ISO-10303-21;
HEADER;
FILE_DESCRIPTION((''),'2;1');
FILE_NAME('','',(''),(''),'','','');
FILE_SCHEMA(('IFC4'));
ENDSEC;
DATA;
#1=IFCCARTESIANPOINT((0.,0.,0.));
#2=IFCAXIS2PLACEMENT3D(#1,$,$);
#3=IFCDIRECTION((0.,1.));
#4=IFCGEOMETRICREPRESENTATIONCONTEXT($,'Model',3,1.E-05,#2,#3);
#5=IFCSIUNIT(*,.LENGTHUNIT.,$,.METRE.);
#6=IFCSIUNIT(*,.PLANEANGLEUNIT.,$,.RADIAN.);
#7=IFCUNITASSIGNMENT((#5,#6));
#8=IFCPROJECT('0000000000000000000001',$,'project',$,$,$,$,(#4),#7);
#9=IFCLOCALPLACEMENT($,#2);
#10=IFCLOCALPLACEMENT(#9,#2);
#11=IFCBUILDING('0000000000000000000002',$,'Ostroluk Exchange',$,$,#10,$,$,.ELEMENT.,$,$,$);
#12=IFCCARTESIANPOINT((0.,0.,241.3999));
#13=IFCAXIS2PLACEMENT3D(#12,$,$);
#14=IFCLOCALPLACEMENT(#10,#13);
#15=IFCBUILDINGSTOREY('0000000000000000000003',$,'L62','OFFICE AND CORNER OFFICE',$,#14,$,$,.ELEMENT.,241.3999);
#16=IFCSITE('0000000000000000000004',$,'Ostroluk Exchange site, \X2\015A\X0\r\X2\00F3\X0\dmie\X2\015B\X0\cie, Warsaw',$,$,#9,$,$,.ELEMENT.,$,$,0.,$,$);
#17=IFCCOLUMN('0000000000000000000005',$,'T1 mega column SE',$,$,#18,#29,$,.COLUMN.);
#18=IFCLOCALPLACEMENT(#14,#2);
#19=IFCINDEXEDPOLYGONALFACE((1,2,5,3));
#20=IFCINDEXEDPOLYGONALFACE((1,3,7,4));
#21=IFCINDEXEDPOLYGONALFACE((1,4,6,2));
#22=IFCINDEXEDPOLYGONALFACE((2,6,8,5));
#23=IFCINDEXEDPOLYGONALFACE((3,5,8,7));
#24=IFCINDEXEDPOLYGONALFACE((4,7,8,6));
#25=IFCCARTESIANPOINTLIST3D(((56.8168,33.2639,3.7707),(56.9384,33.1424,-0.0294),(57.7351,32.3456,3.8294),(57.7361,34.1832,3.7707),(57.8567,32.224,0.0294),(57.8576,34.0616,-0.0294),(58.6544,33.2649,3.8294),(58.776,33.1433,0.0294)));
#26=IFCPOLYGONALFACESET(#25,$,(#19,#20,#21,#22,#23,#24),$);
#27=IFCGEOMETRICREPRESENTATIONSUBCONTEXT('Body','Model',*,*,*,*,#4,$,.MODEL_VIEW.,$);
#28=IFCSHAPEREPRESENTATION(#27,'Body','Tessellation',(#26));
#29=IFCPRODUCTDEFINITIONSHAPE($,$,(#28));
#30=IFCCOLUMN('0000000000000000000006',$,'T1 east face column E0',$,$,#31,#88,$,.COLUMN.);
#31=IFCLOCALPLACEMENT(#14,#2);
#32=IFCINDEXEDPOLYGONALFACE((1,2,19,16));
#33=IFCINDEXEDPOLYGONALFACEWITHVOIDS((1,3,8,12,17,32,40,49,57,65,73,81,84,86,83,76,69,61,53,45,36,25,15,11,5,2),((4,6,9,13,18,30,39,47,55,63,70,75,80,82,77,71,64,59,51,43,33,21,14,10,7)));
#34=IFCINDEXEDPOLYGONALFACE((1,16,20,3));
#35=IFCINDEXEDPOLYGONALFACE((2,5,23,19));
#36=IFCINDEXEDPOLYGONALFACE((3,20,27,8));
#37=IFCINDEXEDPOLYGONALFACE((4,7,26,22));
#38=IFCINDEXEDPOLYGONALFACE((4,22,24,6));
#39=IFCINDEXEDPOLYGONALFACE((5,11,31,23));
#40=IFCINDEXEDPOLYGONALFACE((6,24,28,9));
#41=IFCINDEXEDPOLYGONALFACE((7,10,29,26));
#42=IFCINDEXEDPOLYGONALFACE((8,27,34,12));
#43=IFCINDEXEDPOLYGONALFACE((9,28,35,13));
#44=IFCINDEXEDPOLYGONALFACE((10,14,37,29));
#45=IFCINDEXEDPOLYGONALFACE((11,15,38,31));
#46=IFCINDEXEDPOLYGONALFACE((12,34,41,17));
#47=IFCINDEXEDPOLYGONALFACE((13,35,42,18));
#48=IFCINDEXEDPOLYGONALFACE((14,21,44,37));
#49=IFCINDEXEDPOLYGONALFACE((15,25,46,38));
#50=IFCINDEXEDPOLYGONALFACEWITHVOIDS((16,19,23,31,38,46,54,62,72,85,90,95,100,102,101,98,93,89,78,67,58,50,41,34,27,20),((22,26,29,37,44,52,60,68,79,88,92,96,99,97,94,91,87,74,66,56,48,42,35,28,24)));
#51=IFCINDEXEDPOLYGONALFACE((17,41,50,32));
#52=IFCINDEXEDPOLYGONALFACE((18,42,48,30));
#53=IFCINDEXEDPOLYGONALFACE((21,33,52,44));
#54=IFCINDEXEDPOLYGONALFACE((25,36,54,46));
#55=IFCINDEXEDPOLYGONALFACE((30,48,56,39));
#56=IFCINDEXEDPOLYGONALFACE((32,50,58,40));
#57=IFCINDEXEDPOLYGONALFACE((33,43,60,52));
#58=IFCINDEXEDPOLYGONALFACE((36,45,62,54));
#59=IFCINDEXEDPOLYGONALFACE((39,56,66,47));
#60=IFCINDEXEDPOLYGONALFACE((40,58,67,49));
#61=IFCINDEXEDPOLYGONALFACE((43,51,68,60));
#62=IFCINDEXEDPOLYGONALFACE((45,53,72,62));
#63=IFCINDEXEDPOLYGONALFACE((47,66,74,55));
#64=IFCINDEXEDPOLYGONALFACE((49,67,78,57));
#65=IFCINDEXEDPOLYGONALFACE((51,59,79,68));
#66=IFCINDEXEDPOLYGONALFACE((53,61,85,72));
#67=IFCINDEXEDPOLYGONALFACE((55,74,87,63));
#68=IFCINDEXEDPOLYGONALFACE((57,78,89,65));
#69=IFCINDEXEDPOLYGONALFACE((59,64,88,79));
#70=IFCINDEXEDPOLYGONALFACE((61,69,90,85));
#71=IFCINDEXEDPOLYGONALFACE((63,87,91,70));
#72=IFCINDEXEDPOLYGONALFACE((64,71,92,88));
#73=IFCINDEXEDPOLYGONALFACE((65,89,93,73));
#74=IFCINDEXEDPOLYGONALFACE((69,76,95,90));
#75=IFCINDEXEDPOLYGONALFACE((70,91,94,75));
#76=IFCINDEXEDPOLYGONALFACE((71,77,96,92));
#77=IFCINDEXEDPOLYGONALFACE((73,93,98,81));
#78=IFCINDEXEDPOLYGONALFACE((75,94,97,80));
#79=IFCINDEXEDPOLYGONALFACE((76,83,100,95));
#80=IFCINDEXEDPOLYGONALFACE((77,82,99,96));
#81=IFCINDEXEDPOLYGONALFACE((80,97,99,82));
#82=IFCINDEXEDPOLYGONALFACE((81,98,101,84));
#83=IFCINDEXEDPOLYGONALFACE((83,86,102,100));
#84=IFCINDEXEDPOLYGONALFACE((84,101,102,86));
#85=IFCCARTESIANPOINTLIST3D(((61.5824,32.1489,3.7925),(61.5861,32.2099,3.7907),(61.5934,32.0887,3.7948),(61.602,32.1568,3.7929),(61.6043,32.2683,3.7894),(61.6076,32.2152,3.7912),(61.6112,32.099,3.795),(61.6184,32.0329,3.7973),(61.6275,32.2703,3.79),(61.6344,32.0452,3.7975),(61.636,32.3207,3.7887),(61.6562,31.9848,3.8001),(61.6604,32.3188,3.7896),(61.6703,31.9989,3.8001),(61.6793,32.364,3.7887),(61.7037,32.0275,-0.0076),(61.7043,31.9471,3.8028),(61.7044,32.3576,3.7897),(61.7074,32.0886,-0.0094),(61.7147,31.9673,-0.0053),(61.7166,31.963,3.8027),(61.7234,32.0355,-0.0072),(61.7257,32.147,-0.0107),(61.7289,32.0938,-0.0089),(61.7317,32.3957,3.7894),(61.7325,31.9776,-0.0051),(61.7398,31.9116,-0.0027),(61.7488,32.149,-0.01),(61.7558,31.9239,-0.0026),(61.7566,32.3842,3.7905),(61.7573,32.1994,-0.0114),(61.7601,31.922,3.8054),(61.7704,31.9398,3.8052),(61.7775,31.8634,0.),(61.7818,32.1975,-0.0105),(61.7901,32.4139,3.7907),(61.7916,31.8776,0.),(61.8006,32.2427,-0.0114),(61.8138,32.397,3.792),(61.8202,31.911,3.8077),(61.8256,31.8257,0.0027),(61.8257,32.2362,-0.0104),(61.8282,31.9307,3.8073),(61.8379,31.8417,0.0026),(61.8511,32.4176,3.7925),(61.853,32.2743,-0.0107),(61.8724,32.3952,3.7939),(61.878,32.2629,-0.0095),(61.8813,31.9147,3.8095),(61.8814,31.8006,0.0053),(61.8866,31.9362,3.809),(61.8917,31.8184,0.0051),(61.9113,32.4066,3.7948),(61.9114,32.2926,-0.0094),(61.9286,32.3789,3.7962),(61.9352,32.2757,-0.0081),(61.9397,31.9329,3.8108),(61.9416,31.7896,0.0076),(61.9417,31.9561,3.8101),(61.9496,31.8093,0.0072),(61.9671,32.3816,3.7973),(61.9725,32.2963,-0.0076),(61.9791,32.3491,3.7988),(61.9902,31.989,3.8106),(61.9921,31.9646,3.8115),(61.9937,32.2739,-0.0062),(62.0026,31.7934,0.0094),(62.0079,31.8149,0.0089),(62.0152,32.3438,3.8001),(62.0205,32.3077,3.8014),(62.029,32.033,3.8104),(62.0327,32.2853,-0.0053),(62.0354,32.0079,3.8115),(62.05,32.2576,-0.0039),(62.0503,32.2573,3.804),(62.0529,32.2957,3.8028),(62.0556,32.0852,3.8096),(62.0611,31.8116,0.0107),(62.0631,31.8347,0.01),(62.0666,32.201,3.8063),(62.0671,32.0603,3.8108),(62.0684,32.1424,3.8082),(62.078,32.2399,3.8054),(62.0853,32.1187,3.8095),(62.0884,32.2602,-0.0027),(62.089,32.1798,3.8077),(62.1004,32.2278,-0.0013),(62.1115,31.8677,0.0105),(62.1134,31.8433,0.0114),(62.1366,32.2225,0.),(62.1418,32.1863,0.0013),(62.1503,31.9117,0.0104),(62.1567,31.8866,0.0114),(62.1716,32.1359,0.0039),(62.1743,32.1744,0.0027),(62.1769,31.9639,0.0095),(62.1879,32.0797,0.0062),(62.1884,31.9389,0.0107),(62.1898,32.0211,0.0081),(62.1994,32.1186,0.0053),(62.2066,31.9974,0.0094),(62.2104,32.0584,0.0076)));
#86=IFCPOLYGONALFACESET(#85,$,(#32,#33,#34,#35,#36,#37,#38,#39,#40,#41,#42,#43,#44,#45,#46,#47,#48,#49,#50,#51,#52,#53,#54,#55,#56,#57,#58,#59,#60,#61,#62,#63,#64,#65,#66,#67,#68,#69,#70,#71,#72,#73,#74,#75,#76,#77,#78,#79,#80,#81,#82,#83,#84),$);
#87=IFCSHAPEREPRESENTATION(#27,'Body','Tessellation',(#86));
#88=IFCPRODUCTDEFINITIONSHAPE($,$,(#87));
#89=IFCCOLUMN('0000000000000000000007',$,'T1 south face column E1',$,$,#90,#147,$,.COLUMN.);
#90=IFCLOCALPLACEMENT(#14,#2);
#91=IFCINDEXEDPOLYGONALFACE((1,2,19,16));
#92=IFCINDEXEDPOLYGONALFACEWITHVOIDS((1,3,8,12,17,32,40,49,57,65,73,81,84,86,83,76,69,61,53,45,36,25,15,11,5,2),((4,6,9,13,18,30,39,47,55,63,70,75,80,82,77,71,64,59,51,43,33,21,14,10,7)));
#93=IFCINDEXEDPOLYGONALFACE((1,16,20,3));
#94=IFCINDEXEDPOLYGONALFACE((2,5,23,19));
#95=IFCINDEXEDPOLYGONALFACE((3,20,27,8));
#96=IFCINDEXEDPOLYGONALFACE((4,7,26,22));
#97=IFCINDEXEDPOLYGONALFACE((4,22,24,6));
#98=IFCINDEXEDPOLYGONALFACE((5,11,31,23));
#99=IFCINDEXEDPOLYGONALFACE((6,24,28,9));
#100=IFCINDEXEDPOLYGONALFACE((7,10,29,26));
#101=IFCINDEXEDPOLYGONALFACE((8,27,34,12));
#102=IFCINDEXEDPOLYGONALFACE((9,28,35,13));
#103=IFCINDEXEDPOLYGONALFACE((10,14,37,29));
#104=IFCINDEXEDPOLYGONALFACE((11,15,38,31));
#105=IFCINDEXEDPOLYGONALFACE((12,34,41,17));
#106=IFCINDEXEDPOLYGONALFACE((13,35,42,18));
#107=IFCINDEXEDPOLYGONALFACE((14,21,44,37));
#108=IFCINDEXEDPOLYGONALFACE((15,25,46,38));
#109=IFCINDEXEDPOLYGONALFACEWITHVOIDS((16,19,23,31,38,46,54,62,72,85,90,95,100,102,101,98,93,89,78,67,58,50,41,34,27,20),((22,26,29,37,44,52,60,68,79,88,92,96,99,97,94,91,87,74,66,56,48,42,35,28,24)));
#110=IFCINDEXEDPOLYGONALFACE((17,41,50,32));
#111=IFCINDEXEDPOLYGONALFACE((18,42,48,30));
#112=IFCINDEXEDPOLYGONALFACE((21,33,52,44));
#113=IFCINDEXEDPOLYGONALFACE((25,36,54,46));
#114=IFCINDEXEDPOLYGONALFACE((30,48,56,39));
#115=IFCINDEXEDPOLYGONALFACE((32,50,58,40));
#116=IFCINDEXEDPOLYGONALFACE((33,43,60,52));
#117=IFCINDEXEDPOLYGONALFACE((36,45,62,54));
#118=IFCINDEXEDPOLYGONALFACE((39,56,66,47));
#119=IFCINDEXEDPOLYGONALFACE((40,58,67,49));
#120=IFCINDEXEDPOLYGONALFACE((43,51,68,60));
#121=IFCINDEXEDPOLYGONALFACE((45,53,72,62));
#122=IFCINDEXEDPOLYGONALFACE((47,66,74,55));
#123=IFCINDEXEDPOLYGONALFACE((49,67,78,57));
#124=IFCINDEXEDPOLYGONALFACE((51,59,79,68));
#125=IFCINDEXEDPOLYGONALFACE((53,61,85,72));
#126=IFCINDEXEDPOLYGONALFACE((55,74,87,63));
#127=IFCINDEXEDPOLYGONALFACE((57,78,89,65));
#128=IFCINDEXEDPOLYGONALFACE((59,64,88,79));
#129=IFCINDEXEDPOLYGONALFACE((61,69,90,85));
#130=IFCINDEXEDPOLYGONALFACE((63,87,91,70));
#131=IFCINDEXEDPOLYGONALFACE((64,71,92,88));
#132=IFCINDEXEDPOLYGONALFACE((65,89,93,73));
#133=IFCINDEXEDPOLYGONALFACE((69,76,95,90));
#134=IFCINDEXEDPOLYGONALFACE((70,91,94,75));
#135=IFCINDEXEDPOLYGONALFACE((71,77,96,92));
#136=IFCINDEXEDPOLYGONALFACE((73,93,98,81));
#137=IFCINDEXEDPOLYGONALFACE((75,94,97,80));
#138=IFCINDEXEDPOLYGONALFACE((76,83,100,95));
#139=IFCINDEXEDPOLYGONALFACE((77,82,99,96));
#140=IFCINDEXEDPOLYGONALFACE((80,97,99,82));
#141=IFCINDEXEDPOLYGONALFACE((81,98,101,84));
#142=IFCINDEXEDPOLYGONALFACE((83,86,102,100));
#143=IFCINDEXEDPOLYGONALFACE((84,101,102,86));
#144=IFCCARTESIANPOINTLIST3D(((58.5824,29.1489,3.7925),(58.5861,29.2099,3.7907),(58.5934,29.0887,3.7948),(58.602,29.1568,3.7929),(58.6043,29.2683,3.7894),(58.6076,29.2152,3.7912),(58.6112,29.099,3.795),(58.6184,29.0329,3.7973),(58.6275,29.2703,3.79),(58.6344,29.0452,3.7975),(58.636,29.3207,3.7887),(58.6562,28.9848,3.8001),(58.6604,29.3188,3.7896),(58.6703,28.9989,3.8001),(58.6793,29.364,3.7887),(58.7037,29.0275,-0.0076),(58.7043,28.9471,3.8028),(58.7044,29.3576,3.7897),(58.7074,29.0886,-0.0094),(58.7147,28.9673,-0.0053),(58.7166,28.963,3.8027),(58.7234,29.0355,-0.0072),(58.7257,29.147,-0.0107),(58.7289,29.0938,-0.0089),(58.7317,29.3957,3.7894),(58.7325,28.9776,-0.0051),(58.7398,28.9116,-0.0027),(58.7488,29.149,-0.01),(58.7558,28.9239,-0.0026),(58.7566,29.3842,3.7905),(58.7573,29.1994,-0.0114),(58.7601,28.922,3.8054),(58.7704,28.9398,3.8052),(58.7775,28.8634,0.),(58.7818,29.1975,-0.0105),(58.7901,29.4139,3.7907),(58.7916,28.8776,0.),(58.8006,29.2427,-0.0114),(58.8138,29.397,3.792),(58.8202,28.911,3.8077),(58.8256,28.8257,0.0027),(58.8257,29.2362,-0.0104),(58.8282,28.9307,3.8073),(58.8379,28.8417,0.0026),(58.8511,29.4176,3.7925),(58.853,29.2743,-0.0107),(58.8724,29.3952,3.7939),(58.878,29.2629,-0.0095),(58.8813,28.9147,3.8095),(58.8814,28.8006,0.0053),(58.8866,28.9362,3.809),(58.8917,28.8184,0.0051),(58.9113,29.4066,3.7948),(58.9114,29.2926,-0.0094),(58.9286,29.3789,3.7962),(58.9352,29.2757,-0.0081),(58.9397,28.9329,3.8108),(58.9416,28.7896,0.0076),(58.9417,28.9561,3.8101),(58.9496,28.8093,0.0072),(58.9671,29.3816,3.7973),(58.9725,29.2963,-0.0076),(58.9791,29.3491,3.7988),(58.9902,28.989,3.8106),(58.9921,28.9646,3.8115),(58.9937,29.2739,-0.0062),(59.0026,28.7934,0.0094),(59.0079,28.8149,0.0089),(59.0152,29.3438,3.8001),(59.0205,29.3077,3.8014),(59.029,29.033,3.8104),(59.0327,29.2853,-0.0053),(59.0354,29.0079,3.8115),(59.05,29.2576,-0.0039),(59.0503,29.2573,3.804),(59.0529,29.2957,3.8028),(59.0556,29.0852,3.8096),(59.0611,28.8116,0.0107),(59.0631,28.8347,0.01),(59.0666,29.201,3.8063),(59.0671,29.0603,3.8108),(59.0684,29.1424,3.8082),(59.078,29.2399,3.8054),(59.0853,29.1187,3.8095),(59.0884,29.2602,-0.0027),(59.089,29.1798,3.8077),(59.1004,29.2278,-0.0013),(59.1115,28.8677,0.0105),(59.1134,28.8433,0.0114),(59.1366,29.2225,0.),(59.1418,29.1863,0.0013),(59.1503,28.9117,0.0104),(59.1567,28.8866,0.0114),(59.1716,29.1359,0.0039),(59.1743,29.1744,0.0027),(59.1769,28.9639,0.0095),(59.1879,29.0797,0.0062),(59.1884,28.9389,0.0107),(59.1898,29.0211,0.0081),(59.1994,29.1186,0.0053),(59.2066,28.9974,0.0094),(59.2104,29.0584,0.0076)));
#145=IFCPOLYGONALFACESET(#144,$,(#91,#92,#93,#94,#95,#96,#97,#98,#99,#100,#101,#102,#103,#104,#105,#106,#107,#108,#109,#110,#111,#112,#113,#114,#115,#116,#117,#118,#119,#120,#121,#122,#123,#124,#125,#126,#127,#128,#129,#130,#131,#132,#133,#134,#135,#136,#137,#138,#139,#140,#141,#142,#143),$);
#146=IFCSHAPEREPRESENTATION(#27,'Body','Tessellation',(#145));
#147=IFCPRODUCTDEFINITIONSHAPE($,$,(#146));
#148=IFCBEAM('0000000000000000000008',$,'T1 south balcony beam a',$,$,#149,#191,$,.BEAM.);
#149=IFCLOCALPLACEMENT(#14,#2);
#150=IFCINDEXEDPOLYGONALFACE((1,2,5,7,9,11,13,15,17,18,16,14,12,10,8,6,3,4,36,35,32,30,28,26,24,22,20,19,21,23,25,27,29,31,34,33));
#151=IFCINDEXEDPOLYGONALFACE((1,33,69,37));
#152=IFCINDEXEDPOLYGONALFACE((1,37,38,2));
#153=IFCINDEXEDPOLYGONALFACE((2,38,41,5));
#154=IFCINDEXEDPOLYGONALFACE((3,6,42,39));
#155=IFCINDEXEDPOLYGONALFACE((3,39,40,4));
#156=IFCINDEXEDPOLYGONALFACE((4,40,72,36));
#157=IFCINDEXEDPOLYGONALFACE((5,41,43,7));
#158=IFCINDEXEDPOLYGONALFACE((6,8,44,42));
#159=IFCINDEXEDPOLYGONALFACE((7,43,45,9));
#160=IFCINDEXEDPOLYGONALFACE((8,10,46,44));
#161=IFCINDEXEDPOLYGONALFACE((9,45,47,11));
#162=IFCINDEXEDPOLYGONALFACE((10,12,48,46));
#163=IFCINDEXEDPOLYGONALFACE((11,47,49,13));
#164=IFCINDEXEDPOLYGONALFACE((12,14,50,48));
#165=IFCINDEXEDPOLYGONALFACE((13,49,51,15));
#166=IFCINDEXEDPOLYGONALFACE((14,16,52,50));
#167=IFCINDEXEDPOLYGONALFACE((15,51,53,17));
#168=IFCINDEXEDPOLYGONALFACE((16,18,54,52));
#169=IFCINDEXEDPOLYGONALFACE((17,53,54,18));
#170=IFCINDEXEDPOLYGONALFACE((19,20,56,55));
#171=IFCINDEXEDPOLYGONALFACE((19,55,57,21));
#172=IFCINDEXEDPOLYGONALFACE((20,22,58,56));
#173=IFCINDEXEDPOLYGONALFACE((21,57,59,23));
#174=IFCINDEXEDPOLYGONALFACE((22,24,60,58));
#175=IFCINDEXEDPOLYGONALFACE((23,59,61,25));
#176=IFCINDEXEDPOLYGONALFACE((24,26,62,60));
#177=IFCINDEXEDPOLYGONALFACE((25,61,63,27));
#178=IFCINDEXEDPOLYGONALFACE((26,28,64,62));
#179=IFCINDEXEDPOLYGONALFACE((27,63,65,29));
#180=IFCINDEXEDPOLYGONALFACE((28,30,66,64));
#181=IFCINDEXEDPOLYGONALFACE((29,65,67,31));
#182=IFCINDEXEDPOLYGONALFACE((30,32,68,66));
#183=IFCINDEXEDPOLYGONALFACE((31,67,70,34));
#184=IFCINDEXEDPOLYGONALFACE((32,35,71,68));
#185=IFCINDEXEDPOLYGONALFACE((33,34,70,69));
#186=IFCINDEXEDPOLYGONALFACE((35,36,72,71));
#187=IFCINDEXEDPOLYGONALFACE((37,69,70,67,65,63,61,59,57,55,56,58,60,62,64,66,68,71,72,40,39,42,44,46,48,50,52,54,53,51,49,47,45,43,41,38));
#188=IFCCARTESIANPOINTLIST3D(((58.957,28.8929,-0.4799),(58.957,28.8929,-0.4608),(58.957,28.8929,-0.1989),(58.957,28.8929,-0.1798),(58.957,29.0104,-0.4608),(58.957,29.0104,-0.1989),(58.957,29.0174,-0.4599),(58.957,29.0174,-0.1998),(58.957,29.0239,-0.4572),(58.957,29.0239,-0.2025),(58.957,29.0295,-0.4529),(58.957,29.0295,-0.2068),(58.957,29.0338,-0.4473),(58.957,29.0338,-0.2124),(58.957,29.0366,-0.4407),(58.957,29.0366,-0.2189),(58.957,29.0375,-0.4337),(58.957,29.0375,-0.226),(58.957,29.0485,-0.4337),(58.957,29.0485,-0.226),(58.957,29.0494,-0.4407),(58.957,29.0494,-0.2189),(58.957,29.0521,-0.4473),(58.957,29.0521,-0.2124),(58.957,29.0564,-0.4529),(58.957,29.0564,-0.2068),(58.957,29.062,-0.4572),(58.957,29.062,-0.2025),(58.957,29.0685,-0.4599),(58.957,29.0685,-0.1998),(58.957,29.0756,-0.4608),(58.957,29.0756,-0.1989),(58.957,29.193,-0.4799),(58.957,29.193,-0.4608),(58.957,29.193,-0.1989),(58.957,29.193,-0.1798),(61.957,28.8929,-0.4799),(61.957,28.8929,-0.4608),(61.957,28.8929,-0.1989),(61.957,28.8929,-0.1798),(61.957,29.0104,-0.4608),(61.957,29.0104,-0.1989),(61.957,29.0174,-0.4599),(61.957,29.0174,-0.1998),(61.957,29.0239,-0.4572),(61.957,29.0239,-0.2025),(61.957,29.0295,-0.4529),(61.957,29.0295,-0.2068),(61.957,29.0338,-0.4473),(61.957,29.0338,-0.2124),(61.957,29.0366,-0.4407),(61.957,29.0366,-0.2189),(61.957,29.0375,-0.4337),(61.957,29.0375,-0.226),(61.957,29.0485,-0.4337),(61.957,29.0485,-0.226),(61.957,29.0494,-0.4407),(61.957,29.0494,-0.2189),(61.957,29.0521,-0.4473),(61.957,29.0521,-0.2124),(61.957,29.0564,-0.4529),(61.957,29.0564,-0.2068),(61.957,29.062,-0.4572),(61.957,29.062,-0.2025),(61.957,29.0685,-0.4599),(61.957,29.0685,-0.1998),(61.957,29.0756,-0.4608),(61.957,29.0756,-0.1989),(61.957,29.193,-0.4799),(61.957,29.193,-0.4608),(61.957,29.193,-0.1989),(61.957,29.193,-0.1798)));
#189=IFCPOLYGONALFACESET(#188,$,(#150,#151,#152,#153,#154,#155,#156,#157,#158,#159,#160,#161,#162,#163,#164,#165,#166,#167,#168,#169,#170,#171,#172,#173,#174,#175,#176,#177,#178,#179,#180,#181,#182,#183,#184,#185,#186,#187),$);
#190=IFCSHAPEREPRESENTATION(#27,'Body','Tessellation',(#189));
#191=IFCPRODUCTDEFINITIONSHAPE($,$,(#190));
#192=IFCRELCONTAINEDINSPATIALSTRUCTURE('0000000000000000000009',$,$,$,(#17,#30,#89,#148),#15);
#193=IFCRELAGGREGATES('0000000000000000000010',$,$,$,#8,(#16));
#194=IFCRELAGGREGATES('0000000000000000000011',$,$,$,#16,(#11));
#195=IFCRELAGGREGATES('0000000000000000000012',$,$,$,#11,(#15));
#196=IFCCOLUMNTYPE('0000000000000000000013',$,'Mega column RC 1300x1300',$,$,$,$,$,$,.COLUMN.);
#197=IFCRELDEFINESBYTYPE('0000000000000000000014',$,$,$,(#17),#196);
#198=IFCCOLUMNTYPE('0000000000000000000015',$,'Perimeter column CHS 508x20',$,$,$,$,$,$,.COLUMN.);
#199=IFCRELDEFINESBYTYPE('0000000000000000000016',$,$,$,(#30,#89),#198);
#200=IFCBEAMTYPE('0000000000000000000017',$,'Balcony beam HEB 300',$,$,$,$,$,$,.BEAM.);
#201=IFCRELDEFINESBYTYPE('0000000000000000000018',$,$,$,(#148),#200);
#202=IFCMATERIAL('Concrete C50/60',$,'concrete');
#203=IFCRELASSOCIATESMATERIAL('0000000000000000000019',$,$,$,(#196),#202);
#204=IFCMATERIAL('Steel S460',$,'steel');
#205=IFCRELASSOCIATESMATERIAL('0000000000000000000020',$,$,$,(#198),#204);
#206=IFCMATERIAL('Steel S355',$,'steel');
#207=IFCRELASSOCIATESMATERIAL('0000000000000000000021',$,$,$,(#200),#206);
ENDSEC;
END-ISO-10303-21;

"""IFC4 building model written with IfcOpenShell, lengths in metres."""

from ifc_helpers import new_model, si_unit, direction, frame, origin, origin_2d, place, context, subcontext, project, spatial, rectangle, hollow_circle, i_section, extrude, material, material_profile, profile_set, type_object, element, save


model = new_model("IFC4")

# Units and contexts
model_context = context("Model", 3, precision=1e-05, world=origin(), true_north=direction((0.0, 1.0)))
body_context = subcontext(model_context, "Body", "Model", "MODEL_VIEW")
ifc_project = project(units=[si_unit("LENGTHUNIT", "METRE"), si_unit("PLANEANGLEUNIT", "RADIAN")], contexts=[model_context])

# Site, building, storey
site_placement = place(None, origin())
site = spatial("IfcSite", under=ifc_project, at=site_placement, Name="Ostroluk Exchange site, Śródmieście, Warsaw", CompositionType="ELEMENT", RefElevation=0.0)
building_placement = place(site_placement, origin())
building = spatial("IfcBuilding", under=site, at=building_placement, Name="Ostroluk Exchange", CompositionType="ELEMENT")
storey_placement = place(building_placement, frame((0.0, 0.0, 241.3999)))
storey = spatial("IfcBuildingStorey", under=building, at=storey_placement, Name="L62", Description="OFFICE AND CORNER OFFICE", CompositionType="ELEMENT", Elevation=241.3999)

# Columns
ifc_material_1 = material(Name="Concrete C50/60", Category="concrete")
ifc_material_profile_1 = material_profile(ifc_material_1, rectangle(XDim=1.3, YDim=1.3, at=origin_2d()), Name="RC 1300x1300")
ifc_profile_set_1 = profile_set([ifc_material_profile_1], Name="Concrete C50/60")
column_type_1 = type_object("IfcColumnType", Name="Mega column RC 1300x1300", PredefinedType="COLUMN", material=ifc_profile_set_1)
column_placement = place(storey_placement, frame((57.8572, 33.1428, 0.0), z_axis=(-0.031962, 0.031962, 0.998978), x_axis=(-0.707107, -0.707107, 0.0)))
element("IfcColumn", 1, at=column_placement, inside=storey, type_object=column_type_1, Name="T1 mega column SE", PredefinedType="COLUMN", context=body_context, shape_type="SweptSolid", body=[
    extrude(rectangle(XDim=1.3, YDim=1.3, at=origin_2d()), origin(), (0.0, 0.0, 1.0), 3.804),
])
ifc_material_2 = material(Name="Steel S460", Category="steel")
ifc_material_profile_2 = material_profile(ifc_material_2, hollow_circle(Radius=0.2539, WallThickness=0.02, at=origin_2d()), Name="CHS 508x20")
ifc_profile_set_2 = profile_set([ifc_material_profile_2], Name="Steel S460")
column_type_2 = type_object("IfcColumnType", Name="Perimeter column CHS 508x20", PredefinedType="COLUMN", material=ifc_profile_set_2)
for number, where, z_axis, x_axis, name in (
    (2, (61.957, 32.043, 0.0), (-0.031898, 0.031898, 0.998982), (-0.707107, -0.707107, 0.0), "T1 east face column E0"),
    (3, (58.957, 29.043, 0.0), (-0.031898, 0.031898, 0.998982), (-0.707107, -0.707107, 0.0), "T1 south face column E1"),
):
    element("IfcColumn", number, at=place(storey_placement, frame(where, z_axis=z_axis, x_axis=x_axis)), inside=storey, type_object=column_type_2, Name=name, PredefinedType="COLUMN", context=body_context, shape_type="SweptSolid", body=[
        extrude(hollow_circle(Radius=0.2539, WallThickness=0.02, at=origin_2d()), origin(), (0.0, 0.0, 1.0), 3.804),
    ])

# Beam
ifc_material_3 = material(Name="Steel S355", Category="steel")
ifc_material_profile_3 = material_profile(ifc_material_3, i_section(OverallWidth=0.3, OverallDepth=0.3, WebThickness=0.011, FlangeThickness=0.019, FilletRadius=0.0271, at=origin_2d()), Name="HEB 300")
ifc_profile_set_3 = profile_set([ifc_material_profile_3], Name="Steel S355")
beam_type_1 = type_object("IfcBeamType", Name="Balcony beam HEB 300", PredefinedType="BEAM", material=ifc_profile_set_3)
for number, where, z_axis, x_axis, name in (
    (4, (58.957, 29.043, -0.3298), (1.0, 0.0, 0.0), (0.0, 1.0, 0.0), "T1 south balcony beam a"),
):
    element("IfcBeam", number, at=place(storey_placement, frame(where, z_axis=z_axis, x_axis=x_axis)), inside=storey, type_object=beam_type_1, Name=name, PredefinedType="BEAM", context=body_context, shape_type="SweptSolid", body=[
        extrude(i_section(OverallWidth=0.3, OverallDepth=0.3, WebThickness=0.011, FlangeThickness=0.019, FilletRadius=0.0271, at=origin_2d()), origin(), (0.0, 0.0, 1.0), 3.0),
    ])

save(model, "model.ifc")
